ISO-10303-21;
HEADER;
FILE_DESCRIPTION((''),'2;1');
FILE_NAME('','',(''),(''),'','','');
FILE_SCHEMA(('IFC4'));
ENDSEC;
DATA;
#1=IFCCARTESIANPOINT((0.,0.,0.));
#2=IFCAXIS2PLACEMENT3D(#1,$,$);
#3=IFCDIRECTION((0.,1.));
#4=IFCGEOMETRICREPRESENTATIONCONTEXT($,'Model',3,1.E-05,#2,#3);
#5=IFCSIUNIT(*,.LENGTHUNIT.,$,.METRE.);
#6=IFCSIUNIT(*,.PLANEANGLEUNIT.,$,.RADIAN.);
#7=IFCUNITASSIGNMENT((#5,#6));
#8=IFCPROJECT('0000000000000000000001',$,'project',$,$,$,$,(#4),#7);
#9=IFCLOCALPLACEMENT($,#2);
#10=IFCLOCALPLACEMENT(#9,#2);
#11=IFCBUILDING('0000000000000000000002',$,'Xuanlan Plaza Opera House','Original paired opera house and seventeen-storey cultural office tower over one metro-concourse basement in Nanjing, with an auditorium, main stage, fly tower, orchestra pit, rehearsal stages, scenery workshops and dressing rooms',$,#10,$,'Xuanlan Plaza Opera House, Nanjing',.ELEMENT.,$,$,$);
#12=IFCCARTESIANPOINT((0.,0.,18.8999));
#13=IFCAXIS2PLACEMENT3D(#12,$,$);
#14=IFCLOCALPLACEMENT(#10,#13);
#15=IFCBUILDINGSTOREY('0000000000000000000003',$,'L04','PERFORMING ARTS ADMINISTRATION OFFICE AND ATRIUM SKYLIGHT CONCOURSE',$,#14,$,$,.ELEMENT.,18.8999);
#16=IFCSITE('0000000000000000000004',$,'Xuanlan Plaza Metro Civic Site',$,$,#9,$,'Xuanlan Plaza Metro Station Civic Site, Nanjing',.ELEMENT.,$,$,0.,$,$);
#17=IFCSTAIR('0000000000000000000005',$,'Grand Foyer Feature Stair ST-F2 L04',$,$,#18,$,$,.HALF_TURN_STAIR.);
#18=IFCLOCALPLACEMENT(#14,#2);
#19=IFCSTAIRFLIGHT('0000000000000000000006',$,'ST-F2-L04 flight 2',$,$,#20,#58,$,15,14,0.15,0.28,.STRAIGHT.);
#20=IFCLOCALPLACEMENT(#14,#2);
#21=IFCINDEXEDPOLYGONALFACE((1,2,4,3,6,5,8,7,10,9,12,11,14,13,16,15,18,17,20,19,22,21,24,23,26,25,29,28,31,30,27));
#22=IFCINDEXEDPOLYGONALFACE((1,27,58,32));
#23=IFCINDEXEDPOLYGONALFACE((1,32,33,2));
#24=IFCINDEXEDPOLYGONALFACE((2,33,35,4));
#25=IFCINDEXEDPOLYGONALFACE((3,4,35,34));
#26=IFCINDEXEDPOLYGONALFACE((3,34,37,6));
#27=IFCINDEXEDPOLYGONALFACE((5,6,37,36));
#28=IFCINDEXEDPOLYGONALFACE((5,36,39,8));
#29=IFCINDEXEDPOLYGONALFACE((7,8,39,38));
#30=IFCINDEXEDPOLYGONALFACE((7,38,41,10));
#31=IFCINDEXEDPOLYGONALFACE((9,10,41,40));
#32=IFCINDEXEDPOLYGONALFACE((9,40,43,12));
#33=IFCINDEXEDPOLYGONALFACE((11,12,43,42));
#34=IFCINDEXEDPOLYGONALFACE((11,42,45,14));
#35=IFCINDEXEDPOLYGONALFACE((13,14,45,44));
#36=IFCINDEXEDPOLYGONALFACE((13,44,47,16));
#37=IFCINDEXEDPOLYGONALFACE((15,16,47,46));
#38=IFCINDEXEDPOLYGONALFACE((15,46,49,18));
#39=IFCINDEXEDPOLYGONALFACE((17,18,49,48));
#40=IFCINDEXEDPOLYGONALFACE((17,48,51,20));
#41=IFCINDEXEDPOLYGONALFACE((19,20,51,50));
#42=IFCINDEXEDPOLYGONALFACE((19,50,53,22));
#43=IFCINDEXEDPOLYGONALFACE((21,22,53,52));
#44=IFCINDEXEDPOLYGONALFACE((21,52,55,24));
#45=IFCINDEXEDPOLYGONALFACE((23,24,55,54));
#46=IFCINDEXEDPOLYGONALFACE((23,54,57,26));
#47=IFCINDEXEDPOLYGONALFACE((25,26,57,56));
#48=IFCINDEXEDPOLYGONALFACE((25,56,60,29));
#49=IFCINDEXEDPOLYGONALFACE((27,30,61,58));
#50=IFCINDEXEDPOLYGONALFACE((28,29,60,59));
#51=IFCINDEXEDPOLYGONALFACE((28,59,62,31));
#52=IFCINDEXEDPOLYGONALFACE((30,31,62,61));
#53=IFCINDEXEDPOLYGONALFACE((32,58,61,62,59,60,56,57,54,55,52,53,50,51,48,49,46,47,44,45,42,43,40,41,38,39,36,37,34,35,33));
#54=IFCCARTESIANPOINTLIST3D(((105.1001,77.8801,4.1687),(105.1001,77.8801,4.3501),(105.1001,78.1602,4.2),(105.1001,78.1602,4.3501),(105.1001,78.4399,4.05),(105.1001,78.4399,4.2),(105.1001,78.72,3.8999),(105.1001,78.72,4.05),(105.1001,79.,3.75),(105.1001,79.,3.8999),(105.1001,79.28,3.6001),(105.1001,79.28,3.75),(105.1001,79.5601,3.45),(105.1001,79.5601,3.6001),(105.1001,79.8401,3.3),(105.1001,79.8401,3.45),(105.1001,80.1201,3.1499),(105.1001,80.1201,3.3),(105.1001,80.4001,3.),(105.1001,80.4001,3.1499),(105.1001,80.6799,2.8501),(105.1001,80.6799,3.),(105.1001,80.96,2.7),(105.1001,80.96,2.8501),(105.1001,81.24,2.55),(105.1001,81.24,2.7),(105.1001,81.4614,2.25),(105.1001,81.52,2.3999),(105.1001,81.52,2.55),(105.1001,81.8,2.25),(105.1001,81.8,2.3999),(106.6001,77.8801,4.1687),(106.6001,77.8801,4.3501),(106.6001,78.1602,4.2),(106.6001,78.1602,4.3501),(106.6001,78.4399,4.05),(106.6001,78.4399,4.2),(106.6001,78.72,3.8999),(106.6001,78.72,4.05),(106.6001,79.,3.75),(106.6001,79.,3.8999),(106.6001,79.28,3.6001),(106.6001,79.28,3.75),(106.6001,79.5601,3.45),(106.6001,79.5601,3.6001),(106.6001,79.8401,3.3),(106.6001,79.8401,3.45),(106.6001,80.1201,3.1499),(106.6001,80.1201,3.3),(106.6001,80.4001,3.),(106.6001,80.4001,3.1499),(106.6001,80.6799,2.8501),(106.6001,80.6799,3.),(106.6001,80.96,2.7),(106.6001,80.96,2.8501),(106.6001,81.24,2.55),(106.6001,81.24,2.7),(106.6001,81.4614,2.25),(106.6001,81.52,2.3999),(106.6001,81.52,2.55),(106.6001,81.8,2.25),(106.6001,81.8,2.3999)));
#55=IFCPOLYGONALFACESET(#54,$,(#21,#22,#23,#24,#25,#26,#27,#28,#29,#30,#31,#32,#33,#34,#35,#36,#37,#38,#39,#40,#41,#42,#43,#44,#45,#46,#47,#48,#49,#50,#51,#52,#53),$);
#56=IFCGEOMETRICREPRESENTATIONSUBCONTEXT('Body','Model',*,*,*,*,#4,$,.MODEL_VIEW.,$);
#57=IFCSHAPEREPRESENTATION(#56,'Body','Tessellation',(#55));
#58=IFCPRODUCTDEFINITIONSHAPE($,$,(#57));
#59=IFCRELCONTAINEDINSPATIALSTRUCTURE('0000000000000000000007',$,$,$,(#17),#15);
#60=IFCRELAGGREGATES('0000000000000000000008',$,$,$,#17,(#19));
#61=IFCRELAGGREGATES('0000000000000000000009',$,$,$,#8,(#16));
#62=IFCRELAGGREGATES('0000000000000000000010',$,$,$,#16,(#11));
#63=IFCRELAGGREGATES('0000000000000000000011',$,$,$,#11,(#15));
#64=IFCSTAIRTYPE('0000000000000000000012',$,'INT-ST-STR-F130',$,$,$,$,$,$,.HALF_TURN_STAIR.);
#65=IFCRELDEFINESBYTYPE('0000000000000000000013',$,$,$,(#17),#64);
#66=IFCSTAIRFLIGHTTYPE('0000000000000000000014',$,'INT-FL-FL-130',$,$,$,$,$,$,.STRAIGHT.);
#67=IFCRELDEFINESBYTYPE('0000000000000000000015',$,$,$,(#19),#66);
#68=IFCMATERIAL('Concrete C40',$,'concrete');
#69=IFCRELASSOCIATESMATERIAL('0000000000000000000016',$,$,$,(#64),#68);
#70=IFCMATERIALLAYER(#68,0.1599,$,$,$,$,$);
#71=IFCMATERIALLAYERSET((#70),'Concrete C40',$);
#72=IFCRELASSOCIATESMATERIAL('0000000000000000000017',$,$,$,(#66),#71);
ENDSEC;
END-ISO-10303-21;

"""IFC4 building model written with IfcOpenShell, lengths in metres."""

from ifc_helpers import new_model, si_unit, direction, frame, origin, place, context, subcontext, project, spatial, polyline, outline, extrude, material, layer, layer_set, type_object, element, aggregate, save


model = new_model("IFC4")

# Units and contexts
model_context = context("Model", 3, precision=1e-05, world=origin(), true_north=direction((0.0, 1.0)))
body_context = subcontext(model_context, "Body", "Model", "MODEL_VIEW")
ifc_project = project(units=[si_unit("LENGTHUNIT", "METRE"), si_unit("PLANEANGLEUNIT", "RADIAN")], contexts=[model_context])

# Site, building, storey
site_placement = place(None, origin())
site = spatial("IfcSite", under=ifc_project, at=site_placement, Name="Xuanlan Plaza Metro Civic Site", LongName="Xuanlan Plaza Metro Station Civic Site, Nanjing", CompositionType="ELEMENT", RefElevation=0.0)
building_placement = place(site_placement, origin())
building = spatial("IfcBuilding", under=site, at=building_placement, Name="Xuanlan Plaza Opera House", Description="Original paired opera house and seventeen-storey cultural office tower over one metro-concourse basement in Nanjing, with an auditorium, main stage, fly tower, orchestra pit, rehearsal stages, scenery workshops and dressing rooms", LongName="Xuanlan Plaza Opera House, Nanjing", CompositionType="ELEMENT")
storey_placement = place(building_placement, frame((0.0, 0.0, 18.8999)))
storey = spatial("IfcBuildingStorey", under=building, at=storey_placement, Name="L04", Description="PERFORMING ARTS ADMINISTRATION OFFICE AND ATRIUM SKYLIGHT CONCOURSE", CompositionType="ELEMENT", Elevation=18.8999)

# Shared definitions
ifc_material_1 = material(Name="Concrete C40", Category="concrete")

# Stair, stair flight
stair_type = type_object("IfcStairType", Name="INT-ST-STR-F130", PredefinedType="HALF_TURN_STAIR", material=ifc_material_1)
stair_placement = place(storey_placement, origin())
stair = element("IfcStair", 1, at=stair_placement, inside=storey, type_object=stair_type, Name="Grand Foyer Feature Stair ST-F2 L04", PredefinedType="HALF_TURN_STAIR")
ifc_layer_1 = layer(ifc_material_1, 0.1599)
ifc_layer_set_1 = layer_set([ifc_layer_1], Name="Concrete C40")
stair_flight_type = type_object("IfcStairFlightType", Name="INT-FL-FL-130", PredefinedType="STRAIGHT", material=ifc_layer_set_1)
stair_flight_1_placement = place(storey_placement, frame((105.8501, 81.8, 2.25), z_axis=(0.0, 0.0, 1.0), x_axis=(0.0, -1.0, 0.0)))
stair_flight_1 = element("IfcStairFlight", 2, at=stair_flight_1_placement, type_object=stair_flight_type, Name="ST-F2-L04 flight 2", NumberOfRisers=15, NumberOfTreads=14, PredefinedType="STRAIGHT", RiserHeight=0.15, TreadLength=0.28, context=body_context, shape_type="SweptSolid", body=[
    extrude(outline(polyline([(0.0, 0.0), (0.0, 0.1499), (0.28, 0.1499), (0.28, 0.3), (0.5601, 0.3), (0.5601, 0.45), (0.8401, 0.45), (0.8401, 0.6001), (1.1201, 0.6001), (1.1201, 0.75), (1.3999, 0.75), (1.3999, 0.8999), (1.6799, 0.8999), (1.6799, 1.05), (1.96, 1.05), (1.96, 1.2), (2.24, 1.2), (2.24, 1.3501), (2.52, 1.3501), (2.52, 1.5), (2.8, 1.5), (2.8, 1.6499), (3.0801, 1.6499), (3.0801, 1.8), (3.3601, 1.8), (3.3601, 1.95), (3.6399, 1.95), (3.6399, 2.1001), (3.9199, 2.1001), (3.9199, 2.25), (3.9199, 1.9187), (0.3386, 0.0), (0.0, 0.0)])), frame((0.0, 0.75, 0.0), z_axis=(0.0, -1.0, 0.0), x_axis=(1.0, 0.0, 0.0)), (0.0, 0.0, 1.0), 1.5),
])
aggregate(stair, [stair_flight_1])

save(model, "model.ifc")
